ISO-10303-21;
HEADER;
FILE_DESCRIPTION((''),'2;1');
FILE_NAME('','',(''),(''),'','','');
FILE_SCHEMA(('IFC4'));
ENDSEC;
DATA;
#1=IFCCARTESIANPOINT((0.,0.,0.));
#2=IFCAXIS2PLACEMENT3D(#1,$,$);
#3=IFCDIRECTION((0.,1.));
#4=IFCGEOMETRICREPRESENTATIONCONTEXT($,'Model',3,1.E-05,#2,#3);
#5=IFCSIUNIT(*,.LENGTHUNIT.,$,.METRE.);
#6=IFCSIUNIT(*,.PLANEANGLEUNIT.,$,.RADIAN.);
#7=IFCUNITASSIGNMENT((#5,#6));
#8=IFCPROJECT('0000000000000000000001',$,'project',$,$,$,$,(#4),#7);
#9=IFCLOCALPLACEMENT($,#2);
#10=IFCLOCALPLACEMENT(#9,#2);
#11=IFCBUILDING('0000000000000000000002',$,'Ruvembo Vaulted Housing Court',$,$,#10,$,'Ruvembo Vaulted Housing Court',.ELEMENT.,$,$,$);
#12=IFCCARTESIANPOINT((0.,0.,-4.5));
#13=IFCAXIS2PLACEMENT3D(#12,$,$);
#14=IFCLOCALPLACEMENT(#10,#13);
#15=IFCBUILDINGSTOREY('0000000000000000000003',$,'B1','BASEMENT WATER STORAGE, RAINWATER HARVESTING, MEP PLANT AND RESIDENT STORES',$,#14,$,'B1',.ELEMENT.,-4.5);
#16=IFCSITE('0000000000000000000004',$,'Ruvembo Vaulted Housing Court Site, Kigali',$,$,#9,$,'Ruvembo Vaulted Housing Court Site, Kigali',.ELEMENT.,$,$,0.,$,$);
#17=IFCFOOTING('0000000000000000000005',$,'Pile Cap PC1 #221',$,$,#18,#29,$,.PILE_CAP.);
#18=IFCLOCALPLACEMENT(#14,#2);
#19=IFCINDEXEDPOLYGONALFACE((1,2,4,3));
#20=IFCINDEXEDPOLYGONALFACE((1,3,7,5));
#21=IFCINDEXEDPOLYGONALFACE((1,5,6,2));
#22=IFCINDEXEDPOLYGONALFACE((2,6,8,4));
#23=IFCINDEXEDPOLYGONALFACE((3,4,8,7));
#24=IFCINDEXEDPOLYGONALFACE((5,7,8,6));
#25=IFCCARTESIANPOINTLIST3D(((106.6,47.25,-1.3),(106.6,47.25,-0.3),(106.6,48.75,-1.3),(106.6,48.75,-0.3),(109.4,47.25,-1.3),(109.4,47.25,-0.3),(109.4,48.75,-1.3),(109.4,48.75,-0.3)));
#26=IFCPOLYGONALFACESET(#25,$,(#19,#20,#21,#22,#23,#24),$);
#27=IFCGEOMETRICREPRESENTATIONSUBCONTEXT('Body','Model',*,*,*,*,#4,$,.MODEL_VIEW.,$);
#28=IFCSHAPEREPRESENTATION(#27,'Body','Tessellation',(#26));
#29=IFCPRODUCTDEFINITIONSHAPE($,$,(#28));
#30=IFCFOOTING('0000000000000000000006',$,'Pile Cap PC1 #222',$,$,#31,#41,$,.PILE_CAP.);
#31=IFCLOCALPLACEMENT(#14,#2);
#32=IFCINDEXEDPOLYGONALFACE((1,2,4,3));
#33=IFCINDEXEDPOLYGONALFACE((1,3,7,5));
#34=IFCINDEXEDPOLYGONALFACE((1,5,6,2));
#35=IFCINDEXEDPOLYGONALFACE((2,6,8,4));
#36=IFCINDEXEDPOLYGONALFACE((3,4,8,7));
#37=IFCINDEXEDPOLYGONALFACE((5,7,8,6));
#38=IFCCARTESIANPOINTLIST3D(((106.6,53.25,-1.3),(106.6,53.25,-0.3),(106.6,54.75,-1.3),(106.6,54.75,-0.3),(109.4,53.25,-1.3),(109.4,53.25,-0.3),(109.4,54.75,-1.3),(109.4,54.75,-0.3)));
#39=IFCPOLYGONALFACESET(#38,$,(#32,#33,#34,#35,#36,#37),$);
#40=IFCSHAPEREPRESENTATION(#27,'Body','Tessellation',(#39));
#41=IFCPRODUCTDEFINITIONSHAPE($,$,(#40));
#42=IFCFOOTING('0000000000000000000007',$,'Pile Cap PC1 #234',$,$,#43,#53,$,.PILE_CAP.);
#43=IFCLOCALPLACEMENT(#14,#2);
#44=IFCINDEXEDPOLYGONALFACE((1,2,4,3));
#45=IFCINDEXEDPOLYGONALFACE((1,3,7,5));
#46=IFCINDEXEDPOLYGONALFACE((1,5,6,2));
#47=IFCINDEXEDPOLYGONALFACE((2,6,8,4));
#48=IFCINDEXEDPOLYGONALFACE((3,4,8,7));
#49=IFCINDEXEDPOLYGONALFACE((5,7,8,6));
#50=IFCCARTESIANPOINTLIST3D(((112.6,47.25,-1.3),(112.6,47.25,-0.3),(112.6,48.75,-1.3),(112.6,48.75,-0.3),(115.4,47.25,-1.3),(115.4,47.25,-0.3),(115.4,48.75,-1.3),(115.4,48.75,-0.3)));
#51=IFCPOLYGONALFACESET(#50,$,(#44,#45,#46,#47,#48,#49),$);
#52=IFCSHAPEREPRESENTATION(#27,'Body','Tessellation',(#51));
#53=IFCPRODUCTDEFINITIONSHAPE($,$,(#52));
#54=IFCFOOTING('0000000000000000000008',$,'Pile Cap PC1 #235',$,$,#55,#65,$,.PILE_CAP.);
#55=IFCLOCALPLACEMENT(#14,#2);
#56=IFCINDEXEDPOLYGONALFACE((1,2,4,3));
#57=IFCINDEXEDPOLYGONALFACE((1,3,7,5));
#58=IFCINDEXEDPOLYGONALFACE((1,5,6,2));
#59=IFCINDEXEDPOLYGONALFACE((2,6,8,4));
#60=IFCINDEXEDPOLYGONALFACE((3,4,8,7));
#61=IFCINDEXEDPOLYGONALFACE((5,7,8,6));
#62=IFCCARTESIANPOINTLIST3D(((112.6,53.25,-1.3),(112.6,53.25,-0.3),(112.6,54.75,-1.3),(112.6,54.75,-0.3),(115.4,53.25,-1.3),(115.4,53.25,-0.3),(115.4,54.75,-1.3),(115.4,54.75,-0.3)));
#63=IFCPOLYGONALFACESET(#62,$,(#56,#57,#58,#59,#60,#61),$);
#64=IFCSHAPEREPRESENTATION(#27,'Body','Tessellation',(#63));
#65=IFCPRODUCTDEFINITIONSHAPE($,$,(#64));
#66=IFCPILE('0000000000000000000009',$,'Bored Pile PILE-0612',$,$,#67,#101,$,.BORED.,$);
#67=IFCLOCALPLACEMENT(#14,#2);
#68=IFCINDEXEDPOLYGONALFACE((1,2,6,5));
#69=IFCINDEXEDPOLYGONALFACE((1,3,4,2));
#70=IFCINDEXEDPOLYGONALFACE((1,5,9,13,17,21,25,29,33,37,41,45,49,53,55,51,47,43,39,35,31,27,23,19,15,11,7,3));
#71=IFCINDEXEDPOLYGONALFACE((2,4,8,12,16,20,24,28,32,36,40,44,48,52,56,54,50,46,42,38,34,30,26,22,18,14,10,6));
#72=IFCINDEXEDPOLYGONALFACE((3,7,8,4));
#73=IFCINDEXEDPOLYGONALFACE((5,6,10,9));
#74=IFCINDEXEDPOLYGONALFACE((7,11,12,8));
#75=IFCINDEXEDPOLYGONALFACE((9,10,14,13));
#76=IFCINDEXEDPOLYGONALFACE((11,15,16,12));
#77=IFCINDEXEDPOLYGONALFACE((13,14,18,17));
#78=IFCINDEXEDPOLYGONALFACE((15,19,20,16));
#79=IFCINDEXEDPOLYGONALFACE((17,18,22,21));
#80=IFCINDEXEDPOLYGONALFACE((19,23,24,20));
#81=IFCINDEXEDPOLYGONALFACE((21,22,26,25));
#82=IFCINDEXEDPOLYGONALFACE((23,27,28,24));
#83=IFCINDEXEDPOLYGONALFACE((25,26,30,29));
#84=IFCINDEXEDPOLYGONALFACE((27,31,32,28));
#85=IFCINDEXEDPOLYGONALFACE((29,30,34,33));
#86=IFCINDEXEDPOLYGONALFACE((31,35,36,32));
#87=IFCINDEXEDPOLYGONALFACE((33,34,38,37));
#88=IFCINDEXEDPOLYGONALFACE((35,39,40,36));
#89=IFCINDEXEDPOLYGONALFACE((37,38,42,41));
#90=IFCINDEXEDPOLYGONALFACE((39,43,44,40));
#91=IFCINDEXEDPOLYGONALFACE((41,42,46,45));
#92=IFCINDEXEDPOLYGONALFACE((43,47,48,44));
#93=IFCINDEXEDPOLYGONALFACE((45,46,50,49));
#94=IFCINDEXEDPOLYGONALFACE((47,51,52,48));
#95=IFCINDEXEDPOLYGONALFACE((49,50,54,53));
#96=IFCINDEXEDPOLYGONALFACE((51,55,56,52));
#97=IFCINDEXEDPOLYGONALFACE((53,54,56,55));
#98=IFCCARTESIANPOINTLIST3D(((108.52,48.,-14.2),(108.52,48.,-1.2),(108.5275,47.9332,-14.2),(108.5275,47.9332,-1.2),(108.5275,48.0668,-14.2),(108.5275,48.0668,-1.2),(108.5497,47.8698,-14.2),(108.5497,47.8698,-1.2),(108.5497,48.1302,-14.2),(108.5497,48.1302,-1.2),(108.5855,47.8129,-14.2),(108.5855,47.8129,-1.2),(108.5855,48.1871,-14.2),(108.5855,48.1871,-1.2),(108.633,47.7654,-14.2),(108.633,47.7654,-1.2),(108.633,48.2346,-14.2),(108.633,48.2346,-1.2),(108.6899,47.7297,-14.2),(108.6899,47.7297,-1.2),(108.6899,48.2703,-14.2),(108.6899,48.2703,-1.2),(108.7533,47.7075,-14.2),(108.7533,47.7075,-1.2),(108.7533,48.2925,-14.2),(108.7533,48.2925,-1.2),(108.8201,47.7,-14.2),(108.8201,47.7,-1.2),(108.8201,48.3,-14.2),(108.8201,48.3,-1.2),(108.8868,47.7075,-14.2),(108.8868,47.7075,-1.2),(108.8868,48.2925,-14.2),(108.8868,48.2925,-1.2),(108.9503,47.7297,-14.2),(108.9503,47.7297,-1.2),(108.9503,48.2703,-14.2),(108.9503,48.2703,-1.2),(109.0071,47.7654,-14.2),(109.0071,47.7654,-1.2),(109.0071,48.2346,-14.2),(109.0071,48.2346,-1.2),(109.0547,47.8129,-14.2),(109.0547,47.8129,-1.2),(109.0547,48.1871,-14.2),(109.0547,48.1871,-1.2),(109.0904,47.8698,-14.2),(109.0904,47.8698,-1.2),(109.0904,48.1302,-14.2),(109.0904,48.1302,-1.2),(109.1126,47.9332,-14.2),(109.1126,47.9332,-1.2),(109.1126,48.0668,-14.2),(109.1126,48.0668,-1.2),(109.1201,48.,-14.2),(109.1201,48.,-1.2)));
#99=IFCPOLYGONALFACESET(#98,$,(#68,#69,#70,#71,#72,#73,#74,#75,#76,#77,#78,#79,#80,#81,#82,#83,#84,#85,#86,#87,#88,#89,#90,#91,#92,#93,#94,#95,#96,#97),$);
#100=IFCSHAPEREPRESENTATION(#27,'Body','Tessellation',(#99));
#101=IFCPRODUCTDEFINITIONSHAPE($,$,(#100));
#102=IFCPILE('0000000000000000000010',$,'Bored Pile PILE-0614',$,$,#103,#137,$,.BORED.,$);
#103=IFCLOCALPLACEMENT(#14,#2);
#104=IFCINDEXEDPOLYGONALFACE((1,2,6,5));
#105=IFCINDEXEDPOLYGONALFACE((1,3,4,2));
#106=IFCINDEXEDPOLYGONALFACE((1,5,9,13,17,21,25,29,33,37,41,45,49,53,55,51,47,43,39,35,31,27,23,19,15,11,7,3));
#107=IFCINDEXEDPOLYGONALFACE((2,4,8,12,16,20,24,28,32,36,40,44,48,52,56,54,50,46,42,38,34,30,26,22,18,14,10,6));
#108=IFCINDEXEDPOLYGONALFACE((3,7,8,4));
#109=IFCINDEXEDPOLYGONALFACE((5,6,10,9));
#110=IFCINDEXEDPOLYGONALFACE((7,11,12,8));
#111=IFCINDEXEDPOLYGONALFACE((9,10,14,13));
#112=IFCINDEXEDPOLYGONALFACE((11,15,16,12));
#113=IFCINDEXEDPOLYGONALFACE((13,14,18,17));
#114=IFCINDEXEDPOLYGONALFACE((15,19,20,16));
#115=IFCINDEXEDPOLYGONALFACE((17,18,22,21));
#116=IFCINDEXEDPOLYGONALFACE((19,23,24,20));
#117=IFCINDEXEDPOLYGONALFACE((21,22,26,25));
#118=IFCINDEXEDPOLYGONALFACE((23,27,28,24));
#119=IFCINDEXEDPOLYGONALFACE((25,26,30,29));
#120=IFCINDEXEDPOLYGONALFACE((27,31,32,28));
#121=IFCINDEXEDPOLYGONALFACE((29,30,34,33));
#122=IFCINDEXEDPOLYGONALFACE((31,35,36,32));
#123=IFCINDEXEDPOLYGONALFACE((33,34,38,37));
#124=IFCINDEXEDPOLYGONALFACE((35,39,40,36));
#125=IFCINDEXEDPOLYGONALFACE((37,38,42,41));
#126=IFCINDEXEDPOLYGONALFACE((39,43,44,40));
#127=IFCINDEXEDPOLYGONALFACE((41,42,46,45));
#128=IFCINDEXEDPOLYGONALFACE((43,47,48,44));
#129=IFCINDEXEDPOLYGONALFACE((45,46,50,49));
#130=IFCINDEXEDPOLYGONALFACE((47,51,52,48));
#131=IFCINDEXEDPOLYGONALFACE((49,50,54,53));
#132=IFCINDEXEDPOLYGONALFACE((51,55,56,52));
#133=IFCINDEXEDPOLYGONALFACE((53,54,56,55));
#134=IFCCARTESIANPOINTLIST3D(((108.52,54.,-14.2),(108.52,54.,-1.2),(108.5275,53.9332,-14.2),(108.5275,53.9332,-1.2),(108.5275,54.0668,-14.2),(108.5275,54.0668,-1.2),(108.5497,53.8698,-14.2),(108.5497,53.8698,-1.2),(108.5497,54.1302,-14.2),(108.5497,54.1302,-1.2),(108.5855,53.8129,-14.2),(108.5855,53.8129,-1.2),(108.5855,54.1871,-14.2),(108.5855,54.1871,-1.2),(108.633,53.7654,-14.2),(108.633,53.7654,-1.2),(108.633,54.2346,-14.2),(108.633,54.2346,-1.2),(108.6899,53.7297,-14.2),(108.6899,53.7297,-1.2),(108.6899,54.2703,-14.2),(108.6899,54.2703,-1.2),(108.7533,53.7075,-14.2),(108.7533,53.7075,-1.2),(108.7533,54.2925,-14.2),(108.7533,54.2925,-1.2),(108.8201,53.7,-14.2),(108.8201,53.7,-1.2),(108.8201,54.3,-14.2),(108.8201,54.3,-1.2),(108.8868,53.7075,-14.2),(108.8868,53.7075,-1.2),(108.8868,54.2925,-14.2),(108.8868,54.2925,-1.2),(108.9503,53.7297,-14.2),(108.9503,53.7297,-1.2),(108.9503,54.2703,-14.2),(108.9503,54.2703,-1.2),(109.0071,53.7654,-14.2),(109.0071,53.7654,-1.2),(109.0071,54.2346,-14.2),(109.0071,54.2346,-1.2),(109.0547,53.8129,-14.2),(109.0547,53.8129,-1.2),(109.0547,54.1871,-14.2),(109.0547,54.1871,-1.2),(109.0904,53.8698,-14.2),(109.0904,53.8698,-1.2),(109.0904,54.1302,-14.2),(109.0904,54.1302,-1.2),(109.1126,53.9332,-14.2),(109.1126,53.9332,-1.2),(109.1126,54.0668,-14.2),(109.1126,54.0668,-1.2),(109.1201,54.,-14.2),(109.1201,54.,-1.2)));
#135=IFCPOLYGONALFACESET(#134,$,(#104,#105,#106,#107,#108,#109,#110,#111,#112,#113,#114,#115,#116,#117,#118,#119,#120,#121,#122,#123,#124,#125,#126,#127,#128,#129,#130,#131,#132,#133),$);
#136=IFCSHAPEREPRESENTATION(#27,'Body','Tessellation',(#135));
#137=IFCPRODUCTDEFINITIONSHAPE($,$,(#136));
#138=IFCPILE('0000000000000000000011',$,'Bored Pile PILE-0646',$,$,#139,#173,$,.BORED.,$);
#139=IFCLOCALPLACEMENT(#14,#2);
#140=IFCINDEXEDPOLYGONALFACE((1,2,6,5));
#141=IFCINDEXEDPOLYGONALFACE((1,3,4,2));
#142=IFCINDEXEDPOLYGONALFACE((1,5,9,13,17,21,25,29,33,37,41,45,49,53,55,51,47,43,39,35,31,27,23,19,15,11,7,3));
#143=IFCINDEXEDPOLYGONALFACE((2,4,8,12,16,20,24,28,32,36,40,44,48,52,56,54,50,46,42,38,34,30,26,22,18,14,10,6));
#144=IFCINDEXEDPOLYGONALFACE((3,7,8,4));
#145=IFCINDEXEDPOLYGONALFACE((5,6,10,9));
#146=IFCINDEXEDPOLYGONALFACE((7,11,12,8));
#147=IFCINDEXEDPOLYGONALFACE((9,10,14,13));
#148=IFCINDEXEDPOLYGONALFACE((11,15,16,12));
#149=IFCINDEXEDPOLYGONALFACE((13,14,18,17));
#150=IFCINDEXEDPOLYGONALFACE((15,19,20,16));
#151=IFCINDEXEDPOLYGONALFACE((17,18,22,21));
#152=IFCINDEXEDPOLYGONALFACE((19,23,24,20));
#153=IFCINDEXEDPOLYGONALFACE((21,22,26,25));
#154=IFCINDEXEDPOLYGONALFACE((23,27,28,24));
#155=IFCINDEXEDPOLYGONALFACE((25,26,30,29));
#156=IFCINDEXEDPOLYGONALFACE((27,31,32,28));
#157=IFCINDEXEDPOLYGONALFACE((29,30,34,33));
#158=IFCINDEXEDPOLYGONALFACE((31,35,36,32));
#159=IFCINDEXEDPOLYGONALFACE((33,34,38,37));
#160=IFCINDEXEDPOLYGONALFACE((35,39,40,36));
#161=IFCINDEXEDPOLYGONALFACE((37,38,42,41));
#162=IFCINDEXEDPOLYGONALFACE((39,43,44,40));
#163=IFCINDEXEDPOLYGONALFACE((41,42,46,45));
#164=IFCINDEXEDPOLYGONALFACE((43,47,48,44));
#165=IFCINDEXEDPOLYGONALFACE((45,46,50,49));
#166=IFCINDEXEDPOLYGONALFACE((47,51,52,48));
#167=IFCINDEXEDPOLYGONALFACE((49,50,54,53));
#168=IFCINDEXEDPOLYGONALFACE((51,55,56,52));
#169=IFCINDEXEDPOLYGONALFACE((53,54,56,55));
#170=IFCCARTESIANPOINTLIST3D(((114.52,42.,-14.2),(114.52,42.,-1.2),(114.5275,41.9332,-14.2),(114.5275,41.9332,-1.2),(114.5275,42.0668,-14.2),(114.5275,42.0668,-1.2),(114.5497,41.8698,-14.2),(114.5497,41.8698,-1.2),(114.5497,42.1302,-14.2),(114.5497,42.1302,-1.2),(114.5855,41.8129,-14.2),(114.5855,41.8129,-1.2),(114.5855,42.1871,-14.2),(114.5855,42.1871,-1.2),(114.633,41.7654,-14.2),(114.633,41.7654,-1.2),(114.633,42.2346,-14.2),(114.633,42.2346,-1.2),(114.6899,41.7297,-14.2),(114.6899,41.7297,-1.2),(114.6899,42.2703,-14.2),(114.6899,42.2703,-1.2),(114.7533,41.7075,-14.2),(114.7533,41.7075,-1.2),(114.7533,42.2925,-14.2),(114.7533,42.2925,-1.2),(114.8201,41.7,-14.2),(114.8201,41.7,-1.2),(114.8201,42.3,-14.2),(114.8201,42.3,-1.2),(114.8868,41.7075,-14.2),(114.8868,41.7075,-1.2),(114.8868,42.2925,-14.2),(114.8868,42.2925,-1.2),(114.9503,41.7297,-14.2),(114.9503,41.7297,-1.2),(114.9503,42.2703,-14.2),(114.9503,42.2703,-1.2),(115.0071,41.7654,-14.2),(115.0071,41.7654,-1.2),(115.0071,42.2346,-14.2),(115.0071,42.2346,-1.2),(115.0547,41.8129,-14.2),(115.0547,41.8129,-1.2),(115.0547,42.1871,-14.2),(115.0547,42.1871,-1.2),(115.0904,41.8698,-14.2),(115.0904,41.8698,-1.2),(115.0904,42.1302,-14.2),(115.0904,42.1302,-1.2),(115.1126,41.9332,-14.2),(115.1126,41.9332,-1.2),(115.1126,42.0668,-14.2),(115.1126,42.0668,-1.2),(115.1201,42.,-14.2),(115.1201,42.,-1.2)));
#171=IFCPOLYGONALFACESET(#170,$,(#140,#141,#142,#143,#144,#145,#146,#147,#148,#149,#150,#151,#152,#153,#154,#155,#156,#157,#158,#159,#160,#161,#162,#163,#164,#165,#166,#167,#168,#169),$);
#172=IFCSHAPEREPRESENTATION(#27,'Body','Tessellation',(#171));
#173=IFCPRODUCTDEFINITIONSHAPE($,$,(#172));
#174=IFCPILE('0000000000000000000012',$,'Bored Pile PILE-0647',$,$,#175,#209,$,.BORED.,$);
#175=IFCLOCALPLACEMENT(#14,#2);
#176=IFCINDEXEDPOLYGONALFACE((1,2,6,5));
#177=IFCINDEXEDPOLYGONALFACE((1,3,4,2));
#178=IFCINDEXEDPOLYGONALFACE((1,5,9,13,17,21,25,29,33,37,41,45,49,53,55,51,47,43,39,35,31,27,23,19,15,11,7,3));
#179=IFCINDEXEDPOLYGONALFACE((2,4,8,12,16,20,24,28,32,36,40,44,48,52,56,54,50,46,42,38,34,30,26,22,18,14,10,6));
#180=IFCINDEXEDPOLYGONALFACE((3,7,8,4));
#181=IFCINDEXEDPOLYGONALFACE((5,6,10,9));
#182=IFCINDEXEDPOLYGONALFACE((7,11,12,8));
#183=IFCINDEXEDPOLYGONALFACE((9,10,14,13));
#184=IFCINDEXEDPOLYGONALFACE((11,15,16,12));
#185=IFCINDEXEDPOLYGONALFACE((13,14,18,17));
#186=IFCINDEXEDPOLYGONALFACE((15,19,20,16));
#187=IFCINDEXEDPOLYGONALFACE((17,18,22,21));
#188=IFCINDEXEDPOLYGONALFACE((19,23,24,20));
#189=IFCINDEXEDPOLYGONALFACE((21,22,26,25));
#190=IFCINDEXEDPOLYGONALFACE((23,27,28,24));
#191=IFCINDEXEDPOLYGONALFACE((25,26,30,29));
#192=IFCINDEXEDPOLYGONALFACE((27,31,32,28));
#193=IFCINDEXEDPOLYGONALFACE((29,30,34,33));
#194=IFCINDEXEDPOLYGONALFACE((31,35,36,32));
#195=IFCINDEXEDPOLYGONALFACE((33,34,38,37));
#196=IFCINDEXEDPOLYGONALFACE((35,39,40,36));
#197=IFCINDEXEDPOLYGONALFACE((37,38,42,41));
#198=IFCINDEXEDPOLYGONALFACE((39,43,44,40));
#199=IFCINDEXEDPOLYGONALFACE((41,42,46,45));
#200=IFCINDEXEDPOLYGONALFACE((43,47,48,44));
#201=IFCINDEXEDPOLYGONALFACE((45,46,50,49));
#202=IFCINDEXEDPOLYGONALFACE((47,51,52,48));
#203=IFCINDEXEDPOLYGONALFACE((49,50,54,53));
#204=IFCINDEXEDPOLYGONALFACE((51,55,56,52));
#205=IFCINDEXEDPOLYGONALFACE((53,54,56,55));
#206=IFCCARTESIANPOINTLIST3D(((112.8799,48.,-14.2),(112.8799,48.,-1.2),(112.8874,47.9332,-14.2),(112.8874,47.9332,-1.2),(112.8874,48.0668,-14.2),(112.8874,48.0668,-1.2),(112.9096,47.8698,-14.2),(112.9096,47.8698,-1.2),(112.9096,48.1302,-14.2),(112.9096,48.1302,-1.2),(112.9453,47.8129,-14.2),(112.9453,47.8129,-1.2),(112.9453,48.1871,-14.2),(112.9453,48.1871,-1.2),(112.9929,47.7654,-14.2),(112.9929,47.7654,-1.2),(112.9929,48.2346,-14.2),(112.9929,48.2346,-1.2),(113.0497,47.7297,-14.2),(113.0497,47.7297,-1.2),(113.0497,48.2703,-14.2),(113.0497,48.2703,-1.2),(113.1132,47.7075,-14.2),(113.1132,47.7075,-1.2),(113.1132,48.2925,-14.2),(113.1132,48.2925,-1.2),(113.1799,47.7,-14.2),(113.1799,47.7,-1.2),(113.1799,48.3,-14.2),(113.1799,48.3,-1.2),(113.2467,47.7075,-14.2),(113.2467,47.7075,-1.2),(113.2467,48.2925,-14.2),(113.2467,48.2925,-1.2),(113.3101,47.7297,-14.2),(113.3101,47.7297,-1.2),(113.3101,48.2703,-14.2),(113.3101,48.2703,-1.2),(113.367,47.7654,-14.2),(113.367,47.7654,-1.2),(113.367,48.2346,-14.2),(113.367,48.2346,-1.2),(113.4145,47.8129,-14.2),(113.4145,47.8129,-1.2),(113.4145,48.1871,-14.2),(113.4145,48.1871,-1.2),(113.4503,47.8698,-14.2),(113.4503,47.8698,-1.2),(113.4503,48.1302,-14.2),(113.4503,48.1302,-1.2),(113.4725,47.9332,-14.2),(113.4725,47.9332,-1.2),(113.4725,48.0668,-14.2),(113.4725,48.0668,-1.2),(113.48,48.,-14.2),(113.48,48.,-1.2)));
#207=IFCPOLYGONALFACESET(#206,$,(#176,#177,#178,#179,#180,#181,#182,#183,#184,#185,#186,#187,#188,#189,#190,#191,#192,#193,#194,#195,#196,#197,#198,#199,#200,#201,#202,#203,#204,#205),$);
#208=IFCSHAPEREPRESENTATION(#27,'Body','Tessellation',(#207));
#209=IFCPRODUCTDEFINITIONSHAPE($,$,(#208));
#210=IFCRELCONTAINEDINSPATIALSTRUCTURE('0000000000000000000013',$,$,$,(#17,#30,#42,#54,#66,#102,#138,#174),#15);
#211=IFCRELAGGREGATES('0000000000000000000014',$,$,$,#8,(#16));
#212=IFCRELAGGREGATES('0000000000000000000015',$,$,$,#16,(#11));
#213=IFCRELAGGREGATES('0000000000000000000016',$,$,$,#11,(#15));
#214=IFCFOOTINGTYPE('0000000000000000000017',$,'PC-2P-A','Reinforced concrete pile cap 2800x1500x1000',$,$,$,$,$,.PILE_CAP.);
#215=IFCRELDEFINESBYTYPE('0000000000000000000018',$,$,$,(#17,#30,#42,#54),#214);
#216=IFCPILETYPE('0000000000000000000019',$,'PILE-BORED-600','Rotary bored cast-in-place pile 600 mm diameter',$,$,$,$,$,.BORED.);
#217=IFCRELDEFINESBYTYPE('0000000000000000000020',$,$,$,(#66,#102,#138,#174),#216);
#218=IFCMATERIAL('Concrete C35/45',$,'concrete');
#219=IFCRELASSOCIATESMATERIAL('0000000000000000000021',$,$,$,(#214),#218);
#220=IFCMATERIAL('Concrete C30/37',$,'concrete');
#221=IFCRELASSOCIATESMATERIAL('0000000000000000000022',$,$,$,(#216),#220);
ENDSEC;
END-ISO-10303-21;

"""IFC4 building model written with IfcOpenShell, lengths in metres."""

from ifc_helpers import new_model, si_unit, direction, frame, origin, origin_2d, place, context, subcontext, project, spatial, rectangle, circle, extrude, material, material_profile, profile_set, type_object, element, save


model = new_model("IFC4")

# Units and contexts
model_context = context("Model", 3, precision=1e-05, world=origin(), true_north=direction((0.0, 1.0)))
body_context = subcontext(model_context, "Body", "Model", "MODEL_VIEW")
ifc_project = project(units=[si_unit("LENGTHUNIT", "METRE"), si_unit("PLANEANGLEUNIT", "RADIAN")], contexts=[model_context])

# Site, building, storey
site_placement = place(None, origin())
site = spatial("IfcSite", under=ifc_project, at=site_placement, Name="Ruvembo Vaulted Housing Court Site, Kigali", LongName="Ruvembo Vaulted Housing Court Site, Kigali", CompositionType="ELEMENT", RefElevation=0.0)
building_placement = place(site_placement, origin())
building = spatial("IfcBuilding", under=site, at=building_placement, Name="Ruvembo Vaulted Housing Court", LongName="Ruvembo Vaulted Housing Court", CompositionType="ELEMENT")
storey_placement = place(building_placement, frame((0.0, 0.0, -4.5)))
storey = spatial("IfcBuildingStorey", under=building, at=storey_placement, Name="B1", Description="BASEMENT WATER STORAGE, RAINWATER HARVESTING, MEP PLANT AND RESIDENT STORES", LongName="B1", CompositionType="ELEMENT", Elevation=-4.5)

# Footings
ifc_material_1 = material(Name="Concrete C35/45", Category="concrete")
footing_type = type_object("IfcFootingType", Name="PC-2P-A", Description="Reinforced concrete pile cap 2800x1500x1000", PredefinedType="PILE_CAP", material=ifc_material_1)
for number, where, z_axis, x_axis, name in (
    (1, (108.0, 48.0, -1.3), (0.0, 0.0, 1.0), (1.0, 0.0, 0.0), "Pile Cap PC1 #221"),
    (2, (108.0, 54.0, -1.3), (0.0, 0.0, 1.0), (1.0, 0.0, 0.0), "Pile Cap PC1 #222"),
    (3, (114.0, 48.0, -1.3), (0.0, 0.0, 1.0), (1.0, 0.0, 0.0), "Pile Cap PC1 #234"),
    (4, (114.0, 54.0, -1.3), (0.0, 0.0, 1.0), (1.0, 0.0, 0.0), "Pile Cap PC1 #235"),
):
    element("IfcFooting", number, at=place(storey_placement, frame(where, z_axis=z_axis, x_axis=x_axis)), inside=storey, type_object=footing_type, Name=name, PredefinedType="PILE_CAP", context=body_context, shape_type="SweptSolid", body=[
        extrude(rectangle(XDim=2.8, YDim=1.5, at=origin_2d()), origin(), (0.0, 0.0, 1.0), 1.0),
    ])

# Piles
ifc_material_2 = material(Name="Concrete C30/37", Category="concrete")
ifc_material_profile_1 = material_profile(ifc_material_2, circle(Radius=0.3, at=origin_2d()), Name="PILE D600")
ifc_profile_set_1 = profile_set([ifc_material_profile_1], Name="Concrete C30/37")
pile_type = type_object("IfcPileType", Name="PILE-BORED-600", Description="Rotary bored cast-in-place pile 600 mm diameter", PredefinedType="BORED", material=ifc_profile_set_1)
for number, where, z_axis, x_axis, name in (
    (5, (108.8201, 48.0, -1.2), (0.0, 0.0, -1.0), (1.0, 0.0, 0.0), "Bored Pile PILE-0612"),
    (6, (108.8201, 54.0, -1.2), (0.0, 0.0, -1.0), (1.0, 0.0, 0.0), "Bored Pile PILE-0614"),
    (7, (114.8201, 42.0, -1.2), (0.0, 0.0, -1.0), (1.0, 0.0, 0.0), "Bored Pile PILE-0646"),
    (8, (113.1799, 48.0, -1.2), (0.0, 0.0, -1.0), (1.0, 0.0, 0.0), "Bored Pile PILE-0647"),
):
    element("IfcPile", number, at=place(storey_placement, frame(where, z_axis=z_axis, x_axis=x_axis)), inside=storey, type_object=pile_type, Name=name, PredefinedType="BORED", context=body_context, shape_type="SweptSolid", body=[
        extrude(circle(Radius=0.3, at=origin_2d()), origin(), (0.0, 0.0, 1.0), 13.0),
    ])

save(model, "model.ifc")
